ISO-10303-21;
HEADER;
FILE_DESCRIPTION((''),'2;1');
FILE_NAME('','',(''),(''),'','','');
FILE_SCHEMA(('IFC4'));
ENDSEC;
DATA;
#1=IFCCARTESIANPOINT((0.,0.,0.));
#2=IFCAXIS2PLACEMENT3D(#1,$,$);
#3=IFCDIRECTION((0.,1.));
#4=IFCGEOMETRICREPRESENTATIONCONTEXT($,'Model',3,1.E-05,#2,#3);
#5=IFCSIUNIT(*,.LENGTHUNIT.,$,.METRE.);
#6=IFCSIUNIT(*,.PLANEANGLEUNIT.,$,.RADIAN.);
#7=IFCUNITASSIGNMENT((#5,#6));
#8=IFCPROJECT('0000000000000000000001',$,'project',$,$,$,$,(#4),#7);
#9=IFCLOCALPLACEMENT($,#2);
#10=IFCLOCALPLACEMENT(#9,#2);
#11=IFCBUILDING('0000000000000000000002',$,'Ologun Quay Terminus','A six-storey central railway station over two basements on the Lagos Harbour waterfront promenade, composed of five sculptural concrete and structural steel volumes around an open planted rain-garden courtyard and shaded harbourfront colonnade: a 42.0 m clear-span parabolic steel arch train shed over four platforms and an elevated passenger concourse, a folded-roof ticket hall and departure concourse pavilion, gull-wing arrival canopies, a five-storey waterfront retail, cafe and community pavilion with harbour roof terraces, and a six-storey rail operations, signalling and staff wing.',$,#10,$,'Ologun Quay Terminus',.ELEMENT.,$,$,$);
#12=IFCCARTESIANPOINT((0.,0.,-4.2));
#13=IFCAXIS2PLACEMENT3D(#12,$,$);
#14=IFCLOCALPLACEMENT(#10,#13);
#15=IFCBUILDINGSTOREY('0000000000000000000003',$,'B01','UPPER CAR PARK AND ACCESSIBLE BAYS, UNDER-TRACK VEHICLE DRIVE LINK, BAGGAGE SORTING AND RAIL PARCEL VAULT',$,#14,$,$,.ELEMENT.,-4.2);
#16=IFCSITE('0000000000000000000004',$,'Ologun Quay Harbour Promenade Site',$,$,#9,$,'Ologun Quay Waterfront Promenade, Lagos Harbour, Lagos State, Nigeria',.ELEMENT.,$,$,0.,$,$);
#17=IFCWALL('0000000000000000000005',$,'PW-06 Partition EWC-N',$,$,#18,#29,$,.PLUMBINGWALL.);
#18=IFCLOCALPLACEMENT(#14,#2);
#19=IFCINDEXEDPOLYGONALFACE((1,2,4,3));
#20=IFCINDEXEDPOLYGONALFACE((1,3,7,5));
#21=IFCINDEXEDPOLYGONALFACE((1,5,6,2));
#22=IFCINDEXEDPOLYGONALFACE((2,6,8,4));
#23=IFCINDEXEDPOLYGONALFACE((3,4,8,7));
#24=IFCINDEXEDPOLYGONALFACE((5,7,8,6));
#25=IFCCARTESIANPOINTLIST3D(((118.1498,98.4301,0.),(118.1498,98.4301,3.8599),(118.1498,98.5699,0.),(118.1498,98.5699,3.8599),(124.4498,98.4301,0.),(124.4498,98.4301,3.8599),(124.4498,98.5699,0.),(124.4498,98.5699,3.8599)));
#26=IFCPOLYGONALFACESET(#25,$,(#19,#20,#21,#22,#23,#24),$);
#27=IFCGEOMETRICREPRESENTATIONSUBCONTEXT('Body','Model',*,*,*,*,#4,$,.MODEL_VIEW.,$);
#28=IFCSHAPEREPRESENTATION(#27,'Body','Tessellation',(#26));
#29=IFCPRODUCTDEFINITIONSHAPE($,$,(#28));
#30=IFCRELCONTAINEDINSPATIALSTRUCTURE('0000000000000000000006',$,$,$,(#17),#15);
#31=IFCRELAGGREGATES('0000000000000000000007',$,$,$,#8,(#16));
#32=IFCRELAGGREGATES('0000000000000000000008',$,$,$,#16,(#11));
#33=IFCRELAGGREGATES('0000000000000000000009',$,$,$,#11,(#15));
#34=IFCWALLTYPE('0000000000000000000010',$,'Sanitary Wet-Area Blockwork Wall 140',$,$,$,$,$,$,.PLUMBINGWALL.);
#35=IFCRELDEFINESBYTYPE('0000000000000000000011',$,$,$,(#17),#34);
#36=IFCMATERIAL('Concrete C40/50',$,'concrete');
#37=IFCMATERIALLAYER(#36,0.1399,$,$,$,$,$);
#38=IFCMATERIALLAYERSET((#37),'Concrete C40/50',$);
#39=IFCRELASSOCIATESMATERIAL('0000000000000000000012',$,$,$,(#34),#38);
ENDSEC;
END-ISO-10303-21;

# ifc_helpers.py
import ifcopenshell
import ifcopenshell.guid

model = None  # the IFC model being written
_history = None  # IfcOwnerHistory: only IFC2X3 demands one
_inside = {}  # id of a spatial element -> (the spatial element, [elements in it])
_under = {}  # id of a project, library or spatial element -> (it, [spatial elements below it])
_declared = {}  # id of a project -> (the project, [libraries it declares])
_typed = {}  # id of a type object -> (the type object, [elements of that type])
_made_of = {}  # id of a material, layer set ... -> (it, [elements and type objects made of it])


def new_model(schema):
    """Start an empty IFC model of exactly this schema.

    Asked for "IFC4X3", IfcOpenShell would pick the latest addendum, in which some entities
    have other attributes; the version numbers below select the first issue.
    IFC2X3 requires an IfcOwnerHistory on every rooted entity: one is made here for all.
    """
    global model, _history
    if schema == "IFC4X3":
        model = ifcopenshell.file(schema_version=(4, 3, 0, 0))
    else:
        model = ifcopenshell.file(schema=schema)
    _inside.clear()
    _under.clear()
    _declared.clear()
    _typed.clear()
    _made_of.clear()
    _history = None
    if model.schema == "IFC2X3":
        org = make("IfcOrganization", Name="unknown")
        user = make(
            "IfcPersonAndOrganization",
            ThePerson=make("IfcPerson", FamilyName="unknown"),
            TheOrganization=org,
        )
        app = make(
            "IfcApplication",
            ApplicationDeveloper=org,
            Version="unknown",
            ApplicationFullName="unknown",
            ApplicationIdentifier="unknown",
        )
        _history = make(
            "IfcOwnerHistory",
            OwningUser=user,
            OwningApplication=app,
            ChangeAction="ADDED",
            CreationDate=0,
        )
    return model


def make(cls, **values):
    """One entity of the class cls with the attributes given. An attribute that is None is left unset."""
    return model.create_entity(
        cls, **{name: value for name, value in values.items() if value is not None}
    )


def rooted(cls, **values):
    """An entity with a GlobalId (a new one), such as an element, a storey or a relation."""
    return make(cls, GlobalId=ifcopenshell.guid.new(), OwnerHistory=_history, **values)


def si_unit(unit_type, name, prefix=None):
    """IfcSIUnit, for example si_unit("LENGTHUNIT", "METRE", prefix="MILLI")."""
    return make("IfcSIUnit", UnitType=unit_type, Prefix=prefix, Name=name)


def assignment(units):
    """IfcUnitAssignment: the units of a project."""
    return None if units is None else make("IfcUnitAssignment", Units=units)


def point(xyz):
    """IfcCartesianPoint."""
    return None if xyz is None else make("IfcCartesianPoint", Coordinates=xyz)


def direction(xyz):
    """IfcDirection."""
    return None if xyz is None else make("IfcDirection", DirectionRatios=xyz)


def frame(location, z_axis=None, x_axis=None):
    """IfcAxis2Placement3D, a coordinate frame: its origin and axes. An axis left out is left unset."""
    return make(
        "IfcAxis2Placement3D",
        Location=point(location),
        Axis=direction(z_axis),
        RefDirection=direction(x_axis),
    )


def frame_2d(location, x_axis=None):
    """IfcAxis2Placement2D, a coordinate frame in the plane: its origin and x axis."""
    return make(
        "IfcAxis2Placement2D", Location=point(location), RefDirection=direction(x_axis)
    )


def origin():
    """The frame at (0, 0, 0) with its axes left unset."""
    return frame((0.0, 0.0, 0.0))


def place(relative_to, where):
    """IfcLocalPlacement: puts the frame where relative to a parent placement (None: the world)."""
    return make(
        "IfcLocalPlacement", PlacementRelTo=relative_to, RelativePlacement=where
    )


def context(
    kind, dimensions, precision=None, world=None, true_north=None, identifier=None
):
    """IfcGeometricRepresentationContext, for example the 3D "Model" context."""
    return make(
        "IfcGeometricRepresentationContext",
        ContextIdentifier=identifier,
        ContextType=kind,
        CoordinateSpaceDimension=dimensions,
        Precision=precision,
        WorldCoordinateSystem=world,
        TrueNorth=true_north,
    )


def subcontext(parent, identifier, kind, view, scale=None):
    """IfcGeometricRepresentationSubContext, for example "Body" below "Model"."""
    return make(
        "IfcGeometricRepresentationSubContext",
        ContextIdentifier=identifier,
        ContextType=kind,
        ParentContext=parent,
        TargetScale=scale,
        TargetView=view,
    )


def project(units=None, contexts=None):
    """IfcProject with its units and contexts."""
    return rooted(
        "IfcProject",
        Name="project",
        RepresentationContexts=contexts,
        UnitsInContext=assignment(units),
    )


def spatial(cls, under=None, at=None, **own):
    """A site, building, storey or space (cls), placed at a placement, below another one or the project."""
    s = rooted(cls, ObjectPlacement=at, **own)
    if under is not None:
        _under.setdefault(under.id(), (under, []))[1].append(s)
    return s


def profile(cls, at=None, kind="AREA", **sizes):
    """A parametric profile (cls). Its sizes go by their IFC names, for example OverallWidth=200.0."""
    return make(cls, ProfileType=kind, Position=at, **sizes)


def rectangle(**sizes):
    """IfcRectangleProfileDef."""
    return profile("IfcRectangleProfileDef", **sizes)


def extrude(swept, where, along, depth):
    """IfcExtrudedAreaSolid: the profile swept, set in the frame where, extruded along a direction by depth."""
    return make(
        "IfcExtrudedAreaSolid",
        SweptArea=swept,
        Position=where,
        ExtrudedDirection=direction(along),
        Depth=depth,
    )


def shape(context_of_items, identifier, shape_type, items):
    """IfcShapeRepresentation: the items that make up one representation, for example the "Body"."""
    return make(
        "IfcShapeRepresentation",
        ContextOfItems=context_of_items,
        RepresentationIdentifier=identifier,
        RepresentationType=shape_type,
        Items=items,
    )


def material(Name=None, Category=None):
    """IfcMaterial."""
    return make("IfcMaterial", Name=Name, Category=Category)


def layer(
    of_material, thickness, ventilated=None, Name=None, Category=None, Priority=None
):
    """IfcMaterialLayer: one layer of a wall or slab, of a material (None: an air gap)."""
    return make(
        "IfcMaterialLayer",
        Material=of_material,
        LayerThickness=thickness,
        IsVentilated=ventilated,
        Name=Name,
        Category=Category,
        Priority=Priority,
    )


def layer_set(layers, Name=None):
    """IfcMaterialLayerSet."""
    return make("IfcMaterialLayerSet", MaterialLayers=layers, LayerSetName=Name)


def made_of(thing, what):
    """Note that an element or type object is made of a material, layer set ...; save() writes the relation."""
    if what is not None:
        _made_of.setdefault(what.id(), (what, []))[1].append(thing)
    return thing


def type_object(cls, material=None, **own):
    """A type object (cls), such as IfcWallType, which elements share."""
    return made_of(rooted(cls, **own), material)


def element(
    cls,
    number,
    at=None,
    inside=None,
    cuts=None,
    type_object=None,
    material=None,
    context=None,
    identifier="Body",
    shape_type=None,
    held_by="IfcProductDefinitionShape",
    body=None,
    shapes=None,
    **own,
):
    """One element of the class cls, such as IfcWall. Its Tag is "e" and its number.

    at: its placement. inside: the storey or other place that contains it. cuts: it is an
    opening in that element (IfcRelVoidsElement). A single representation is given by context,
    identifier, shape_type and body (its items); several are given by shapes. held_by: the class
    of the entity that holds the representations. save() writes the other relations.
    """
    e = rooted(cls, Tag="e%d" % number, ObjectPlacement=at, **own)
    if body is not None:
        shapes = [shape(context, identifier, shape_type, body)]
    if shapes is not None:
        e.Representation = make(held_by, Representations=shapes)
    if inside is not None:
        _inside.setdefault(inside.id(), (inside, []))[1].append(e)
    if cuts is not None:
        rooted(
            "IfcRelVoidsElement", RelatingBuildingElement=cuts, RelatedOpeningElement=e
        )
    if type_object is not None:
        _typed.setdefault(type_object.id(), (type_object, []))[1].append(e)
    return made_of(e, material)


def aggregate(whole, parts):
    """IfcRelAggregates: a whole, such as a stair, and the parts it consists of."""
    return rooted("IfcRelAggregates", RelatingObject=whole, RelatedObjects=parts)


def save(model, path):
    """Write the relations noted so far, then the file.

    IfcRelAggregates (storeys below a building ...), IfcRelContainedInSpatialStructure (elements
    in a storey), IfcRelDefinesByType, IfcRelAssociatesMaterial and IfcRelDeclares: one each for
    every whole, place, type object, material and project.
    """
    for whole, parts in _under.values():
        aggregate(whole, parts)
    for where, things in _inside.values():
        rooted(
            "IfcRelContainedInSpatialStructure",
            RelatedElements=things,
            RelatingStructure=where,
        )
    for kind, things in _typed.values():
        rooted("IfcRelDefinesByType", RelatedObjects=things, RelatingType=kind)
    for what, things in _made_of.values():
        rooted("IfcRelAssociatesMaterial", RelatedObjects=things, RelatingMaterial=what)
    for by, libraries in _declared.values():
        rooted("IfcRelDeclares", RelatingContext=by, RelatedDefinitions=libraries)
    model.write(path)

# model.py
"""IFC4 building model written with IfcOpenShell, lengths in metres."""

from ifc_helpers import new_model, si_unit, direction, frame, frame_2d, origin, place, context, subcontext, project, spatial, rectangle, extrude, material, layer, layer_set, type_object, element, save


model = new_model("IFC4")

# Units and contexts
model_context = context("Model", 3, precision=1e-05, world=origin(), true_north=direction((0.0, 1.0)))
body_context = subcontext(model_context, "Body", "Model", "MODEL_VIEW")
ifc_project = project(units=[si_unit("LENGTHUNIT", "METRE"), si_unit("PLANEANGLEUNIT", "RADIAN")], contexts=[model_context])

# Site, building, storey
site_placement = place(None, origin())
site = spatial("IfcSite", under=ifc_project, at=site_placement, Name="Ologun Quay Harbour Promenade Site", LongName="Ologun Quay Waterfront Promenade, Lagos Harbour, Lagos State, Nigeria", CompositionType="ELEMENT", RefElevation=0.0)
building_placement = place(site_placement, origin())
building = spatial("IfcBuilding", under=site, at=building_placement, Name="Ologun Quay Terminus", Description="A six-storey central railway station over two basements on the Lagos Harbour waterfront promenade, composed of five sculptural concrete and structural steel volumes around an open planted rain-garden courtyard and shaded harbourfront colonnade: a 42.0 m clear-span parabolic steel arch train shed over four platforms and an elevated passenger concourse, a folded-roof ticket hall and departure concourse pavilion, gull-wing arrival canopies, a five-storey waterfront retail, cafe and community pavilion with harbour roof terraces, and a six-storey rail operations, signalling and staff wing.", LongName="Ologun Quay Terminus", CompositionType="ELEMENT")
storey_placement = place(building_placement, frame((0.0, 0.0, -4.2)))
storey = spatial("IfcBuildingStorey", under=building, at=storey_placement, Name="B01", Description="UPPER CAR PARK AND ACCESSIBLE BAYS, UNDER-TRACK VEHICLE DRIVE LINK, BAGGAGE SORTING AND RAIL PARCEL VAULT", CompositionType="ELEMENT", Elevation=-4.2)

# Shared definitions
ifc_material_1 = material(Name="Concrete C40/50", Category="concrete")
ifc_layer_1 = layer(ifc_material_1, 0.1399)
ifc_layer_set_1 = layer_set([ifc_layer_1], Name="Concrete C40/50")
wall_type_1 = type_object("IfcWallType", Name="Sanitary Wet-Area Blockwork Wall 140", PredefinedType="PLUMBINGWALL", material=ifc_layer_set_1)

# Wall
wall_1_placement = place(storey_placement, frame((118.1499, 98.5, 0.0), z_axis=(0.0, 0.0, 1.0), x_axis=(1.0, 0.0, 0.0)))
element("IfcWall", 1, at=wall_1_placement, inside=storey, type_object=wall_type_1, Name="PW-06 Partition EWC-N", PredefinedType="PLUMBINGWALL", context=body_context, shape_type="SweptSolid", body=[
    extrude(rectangle(XDim=6.3, YDim=0.1399, at=frame_2d((3.1499, 0.0))), origin(), (0.0, 0.0, 1.0), 3.8599),
])

save(model, "model.ifc")
